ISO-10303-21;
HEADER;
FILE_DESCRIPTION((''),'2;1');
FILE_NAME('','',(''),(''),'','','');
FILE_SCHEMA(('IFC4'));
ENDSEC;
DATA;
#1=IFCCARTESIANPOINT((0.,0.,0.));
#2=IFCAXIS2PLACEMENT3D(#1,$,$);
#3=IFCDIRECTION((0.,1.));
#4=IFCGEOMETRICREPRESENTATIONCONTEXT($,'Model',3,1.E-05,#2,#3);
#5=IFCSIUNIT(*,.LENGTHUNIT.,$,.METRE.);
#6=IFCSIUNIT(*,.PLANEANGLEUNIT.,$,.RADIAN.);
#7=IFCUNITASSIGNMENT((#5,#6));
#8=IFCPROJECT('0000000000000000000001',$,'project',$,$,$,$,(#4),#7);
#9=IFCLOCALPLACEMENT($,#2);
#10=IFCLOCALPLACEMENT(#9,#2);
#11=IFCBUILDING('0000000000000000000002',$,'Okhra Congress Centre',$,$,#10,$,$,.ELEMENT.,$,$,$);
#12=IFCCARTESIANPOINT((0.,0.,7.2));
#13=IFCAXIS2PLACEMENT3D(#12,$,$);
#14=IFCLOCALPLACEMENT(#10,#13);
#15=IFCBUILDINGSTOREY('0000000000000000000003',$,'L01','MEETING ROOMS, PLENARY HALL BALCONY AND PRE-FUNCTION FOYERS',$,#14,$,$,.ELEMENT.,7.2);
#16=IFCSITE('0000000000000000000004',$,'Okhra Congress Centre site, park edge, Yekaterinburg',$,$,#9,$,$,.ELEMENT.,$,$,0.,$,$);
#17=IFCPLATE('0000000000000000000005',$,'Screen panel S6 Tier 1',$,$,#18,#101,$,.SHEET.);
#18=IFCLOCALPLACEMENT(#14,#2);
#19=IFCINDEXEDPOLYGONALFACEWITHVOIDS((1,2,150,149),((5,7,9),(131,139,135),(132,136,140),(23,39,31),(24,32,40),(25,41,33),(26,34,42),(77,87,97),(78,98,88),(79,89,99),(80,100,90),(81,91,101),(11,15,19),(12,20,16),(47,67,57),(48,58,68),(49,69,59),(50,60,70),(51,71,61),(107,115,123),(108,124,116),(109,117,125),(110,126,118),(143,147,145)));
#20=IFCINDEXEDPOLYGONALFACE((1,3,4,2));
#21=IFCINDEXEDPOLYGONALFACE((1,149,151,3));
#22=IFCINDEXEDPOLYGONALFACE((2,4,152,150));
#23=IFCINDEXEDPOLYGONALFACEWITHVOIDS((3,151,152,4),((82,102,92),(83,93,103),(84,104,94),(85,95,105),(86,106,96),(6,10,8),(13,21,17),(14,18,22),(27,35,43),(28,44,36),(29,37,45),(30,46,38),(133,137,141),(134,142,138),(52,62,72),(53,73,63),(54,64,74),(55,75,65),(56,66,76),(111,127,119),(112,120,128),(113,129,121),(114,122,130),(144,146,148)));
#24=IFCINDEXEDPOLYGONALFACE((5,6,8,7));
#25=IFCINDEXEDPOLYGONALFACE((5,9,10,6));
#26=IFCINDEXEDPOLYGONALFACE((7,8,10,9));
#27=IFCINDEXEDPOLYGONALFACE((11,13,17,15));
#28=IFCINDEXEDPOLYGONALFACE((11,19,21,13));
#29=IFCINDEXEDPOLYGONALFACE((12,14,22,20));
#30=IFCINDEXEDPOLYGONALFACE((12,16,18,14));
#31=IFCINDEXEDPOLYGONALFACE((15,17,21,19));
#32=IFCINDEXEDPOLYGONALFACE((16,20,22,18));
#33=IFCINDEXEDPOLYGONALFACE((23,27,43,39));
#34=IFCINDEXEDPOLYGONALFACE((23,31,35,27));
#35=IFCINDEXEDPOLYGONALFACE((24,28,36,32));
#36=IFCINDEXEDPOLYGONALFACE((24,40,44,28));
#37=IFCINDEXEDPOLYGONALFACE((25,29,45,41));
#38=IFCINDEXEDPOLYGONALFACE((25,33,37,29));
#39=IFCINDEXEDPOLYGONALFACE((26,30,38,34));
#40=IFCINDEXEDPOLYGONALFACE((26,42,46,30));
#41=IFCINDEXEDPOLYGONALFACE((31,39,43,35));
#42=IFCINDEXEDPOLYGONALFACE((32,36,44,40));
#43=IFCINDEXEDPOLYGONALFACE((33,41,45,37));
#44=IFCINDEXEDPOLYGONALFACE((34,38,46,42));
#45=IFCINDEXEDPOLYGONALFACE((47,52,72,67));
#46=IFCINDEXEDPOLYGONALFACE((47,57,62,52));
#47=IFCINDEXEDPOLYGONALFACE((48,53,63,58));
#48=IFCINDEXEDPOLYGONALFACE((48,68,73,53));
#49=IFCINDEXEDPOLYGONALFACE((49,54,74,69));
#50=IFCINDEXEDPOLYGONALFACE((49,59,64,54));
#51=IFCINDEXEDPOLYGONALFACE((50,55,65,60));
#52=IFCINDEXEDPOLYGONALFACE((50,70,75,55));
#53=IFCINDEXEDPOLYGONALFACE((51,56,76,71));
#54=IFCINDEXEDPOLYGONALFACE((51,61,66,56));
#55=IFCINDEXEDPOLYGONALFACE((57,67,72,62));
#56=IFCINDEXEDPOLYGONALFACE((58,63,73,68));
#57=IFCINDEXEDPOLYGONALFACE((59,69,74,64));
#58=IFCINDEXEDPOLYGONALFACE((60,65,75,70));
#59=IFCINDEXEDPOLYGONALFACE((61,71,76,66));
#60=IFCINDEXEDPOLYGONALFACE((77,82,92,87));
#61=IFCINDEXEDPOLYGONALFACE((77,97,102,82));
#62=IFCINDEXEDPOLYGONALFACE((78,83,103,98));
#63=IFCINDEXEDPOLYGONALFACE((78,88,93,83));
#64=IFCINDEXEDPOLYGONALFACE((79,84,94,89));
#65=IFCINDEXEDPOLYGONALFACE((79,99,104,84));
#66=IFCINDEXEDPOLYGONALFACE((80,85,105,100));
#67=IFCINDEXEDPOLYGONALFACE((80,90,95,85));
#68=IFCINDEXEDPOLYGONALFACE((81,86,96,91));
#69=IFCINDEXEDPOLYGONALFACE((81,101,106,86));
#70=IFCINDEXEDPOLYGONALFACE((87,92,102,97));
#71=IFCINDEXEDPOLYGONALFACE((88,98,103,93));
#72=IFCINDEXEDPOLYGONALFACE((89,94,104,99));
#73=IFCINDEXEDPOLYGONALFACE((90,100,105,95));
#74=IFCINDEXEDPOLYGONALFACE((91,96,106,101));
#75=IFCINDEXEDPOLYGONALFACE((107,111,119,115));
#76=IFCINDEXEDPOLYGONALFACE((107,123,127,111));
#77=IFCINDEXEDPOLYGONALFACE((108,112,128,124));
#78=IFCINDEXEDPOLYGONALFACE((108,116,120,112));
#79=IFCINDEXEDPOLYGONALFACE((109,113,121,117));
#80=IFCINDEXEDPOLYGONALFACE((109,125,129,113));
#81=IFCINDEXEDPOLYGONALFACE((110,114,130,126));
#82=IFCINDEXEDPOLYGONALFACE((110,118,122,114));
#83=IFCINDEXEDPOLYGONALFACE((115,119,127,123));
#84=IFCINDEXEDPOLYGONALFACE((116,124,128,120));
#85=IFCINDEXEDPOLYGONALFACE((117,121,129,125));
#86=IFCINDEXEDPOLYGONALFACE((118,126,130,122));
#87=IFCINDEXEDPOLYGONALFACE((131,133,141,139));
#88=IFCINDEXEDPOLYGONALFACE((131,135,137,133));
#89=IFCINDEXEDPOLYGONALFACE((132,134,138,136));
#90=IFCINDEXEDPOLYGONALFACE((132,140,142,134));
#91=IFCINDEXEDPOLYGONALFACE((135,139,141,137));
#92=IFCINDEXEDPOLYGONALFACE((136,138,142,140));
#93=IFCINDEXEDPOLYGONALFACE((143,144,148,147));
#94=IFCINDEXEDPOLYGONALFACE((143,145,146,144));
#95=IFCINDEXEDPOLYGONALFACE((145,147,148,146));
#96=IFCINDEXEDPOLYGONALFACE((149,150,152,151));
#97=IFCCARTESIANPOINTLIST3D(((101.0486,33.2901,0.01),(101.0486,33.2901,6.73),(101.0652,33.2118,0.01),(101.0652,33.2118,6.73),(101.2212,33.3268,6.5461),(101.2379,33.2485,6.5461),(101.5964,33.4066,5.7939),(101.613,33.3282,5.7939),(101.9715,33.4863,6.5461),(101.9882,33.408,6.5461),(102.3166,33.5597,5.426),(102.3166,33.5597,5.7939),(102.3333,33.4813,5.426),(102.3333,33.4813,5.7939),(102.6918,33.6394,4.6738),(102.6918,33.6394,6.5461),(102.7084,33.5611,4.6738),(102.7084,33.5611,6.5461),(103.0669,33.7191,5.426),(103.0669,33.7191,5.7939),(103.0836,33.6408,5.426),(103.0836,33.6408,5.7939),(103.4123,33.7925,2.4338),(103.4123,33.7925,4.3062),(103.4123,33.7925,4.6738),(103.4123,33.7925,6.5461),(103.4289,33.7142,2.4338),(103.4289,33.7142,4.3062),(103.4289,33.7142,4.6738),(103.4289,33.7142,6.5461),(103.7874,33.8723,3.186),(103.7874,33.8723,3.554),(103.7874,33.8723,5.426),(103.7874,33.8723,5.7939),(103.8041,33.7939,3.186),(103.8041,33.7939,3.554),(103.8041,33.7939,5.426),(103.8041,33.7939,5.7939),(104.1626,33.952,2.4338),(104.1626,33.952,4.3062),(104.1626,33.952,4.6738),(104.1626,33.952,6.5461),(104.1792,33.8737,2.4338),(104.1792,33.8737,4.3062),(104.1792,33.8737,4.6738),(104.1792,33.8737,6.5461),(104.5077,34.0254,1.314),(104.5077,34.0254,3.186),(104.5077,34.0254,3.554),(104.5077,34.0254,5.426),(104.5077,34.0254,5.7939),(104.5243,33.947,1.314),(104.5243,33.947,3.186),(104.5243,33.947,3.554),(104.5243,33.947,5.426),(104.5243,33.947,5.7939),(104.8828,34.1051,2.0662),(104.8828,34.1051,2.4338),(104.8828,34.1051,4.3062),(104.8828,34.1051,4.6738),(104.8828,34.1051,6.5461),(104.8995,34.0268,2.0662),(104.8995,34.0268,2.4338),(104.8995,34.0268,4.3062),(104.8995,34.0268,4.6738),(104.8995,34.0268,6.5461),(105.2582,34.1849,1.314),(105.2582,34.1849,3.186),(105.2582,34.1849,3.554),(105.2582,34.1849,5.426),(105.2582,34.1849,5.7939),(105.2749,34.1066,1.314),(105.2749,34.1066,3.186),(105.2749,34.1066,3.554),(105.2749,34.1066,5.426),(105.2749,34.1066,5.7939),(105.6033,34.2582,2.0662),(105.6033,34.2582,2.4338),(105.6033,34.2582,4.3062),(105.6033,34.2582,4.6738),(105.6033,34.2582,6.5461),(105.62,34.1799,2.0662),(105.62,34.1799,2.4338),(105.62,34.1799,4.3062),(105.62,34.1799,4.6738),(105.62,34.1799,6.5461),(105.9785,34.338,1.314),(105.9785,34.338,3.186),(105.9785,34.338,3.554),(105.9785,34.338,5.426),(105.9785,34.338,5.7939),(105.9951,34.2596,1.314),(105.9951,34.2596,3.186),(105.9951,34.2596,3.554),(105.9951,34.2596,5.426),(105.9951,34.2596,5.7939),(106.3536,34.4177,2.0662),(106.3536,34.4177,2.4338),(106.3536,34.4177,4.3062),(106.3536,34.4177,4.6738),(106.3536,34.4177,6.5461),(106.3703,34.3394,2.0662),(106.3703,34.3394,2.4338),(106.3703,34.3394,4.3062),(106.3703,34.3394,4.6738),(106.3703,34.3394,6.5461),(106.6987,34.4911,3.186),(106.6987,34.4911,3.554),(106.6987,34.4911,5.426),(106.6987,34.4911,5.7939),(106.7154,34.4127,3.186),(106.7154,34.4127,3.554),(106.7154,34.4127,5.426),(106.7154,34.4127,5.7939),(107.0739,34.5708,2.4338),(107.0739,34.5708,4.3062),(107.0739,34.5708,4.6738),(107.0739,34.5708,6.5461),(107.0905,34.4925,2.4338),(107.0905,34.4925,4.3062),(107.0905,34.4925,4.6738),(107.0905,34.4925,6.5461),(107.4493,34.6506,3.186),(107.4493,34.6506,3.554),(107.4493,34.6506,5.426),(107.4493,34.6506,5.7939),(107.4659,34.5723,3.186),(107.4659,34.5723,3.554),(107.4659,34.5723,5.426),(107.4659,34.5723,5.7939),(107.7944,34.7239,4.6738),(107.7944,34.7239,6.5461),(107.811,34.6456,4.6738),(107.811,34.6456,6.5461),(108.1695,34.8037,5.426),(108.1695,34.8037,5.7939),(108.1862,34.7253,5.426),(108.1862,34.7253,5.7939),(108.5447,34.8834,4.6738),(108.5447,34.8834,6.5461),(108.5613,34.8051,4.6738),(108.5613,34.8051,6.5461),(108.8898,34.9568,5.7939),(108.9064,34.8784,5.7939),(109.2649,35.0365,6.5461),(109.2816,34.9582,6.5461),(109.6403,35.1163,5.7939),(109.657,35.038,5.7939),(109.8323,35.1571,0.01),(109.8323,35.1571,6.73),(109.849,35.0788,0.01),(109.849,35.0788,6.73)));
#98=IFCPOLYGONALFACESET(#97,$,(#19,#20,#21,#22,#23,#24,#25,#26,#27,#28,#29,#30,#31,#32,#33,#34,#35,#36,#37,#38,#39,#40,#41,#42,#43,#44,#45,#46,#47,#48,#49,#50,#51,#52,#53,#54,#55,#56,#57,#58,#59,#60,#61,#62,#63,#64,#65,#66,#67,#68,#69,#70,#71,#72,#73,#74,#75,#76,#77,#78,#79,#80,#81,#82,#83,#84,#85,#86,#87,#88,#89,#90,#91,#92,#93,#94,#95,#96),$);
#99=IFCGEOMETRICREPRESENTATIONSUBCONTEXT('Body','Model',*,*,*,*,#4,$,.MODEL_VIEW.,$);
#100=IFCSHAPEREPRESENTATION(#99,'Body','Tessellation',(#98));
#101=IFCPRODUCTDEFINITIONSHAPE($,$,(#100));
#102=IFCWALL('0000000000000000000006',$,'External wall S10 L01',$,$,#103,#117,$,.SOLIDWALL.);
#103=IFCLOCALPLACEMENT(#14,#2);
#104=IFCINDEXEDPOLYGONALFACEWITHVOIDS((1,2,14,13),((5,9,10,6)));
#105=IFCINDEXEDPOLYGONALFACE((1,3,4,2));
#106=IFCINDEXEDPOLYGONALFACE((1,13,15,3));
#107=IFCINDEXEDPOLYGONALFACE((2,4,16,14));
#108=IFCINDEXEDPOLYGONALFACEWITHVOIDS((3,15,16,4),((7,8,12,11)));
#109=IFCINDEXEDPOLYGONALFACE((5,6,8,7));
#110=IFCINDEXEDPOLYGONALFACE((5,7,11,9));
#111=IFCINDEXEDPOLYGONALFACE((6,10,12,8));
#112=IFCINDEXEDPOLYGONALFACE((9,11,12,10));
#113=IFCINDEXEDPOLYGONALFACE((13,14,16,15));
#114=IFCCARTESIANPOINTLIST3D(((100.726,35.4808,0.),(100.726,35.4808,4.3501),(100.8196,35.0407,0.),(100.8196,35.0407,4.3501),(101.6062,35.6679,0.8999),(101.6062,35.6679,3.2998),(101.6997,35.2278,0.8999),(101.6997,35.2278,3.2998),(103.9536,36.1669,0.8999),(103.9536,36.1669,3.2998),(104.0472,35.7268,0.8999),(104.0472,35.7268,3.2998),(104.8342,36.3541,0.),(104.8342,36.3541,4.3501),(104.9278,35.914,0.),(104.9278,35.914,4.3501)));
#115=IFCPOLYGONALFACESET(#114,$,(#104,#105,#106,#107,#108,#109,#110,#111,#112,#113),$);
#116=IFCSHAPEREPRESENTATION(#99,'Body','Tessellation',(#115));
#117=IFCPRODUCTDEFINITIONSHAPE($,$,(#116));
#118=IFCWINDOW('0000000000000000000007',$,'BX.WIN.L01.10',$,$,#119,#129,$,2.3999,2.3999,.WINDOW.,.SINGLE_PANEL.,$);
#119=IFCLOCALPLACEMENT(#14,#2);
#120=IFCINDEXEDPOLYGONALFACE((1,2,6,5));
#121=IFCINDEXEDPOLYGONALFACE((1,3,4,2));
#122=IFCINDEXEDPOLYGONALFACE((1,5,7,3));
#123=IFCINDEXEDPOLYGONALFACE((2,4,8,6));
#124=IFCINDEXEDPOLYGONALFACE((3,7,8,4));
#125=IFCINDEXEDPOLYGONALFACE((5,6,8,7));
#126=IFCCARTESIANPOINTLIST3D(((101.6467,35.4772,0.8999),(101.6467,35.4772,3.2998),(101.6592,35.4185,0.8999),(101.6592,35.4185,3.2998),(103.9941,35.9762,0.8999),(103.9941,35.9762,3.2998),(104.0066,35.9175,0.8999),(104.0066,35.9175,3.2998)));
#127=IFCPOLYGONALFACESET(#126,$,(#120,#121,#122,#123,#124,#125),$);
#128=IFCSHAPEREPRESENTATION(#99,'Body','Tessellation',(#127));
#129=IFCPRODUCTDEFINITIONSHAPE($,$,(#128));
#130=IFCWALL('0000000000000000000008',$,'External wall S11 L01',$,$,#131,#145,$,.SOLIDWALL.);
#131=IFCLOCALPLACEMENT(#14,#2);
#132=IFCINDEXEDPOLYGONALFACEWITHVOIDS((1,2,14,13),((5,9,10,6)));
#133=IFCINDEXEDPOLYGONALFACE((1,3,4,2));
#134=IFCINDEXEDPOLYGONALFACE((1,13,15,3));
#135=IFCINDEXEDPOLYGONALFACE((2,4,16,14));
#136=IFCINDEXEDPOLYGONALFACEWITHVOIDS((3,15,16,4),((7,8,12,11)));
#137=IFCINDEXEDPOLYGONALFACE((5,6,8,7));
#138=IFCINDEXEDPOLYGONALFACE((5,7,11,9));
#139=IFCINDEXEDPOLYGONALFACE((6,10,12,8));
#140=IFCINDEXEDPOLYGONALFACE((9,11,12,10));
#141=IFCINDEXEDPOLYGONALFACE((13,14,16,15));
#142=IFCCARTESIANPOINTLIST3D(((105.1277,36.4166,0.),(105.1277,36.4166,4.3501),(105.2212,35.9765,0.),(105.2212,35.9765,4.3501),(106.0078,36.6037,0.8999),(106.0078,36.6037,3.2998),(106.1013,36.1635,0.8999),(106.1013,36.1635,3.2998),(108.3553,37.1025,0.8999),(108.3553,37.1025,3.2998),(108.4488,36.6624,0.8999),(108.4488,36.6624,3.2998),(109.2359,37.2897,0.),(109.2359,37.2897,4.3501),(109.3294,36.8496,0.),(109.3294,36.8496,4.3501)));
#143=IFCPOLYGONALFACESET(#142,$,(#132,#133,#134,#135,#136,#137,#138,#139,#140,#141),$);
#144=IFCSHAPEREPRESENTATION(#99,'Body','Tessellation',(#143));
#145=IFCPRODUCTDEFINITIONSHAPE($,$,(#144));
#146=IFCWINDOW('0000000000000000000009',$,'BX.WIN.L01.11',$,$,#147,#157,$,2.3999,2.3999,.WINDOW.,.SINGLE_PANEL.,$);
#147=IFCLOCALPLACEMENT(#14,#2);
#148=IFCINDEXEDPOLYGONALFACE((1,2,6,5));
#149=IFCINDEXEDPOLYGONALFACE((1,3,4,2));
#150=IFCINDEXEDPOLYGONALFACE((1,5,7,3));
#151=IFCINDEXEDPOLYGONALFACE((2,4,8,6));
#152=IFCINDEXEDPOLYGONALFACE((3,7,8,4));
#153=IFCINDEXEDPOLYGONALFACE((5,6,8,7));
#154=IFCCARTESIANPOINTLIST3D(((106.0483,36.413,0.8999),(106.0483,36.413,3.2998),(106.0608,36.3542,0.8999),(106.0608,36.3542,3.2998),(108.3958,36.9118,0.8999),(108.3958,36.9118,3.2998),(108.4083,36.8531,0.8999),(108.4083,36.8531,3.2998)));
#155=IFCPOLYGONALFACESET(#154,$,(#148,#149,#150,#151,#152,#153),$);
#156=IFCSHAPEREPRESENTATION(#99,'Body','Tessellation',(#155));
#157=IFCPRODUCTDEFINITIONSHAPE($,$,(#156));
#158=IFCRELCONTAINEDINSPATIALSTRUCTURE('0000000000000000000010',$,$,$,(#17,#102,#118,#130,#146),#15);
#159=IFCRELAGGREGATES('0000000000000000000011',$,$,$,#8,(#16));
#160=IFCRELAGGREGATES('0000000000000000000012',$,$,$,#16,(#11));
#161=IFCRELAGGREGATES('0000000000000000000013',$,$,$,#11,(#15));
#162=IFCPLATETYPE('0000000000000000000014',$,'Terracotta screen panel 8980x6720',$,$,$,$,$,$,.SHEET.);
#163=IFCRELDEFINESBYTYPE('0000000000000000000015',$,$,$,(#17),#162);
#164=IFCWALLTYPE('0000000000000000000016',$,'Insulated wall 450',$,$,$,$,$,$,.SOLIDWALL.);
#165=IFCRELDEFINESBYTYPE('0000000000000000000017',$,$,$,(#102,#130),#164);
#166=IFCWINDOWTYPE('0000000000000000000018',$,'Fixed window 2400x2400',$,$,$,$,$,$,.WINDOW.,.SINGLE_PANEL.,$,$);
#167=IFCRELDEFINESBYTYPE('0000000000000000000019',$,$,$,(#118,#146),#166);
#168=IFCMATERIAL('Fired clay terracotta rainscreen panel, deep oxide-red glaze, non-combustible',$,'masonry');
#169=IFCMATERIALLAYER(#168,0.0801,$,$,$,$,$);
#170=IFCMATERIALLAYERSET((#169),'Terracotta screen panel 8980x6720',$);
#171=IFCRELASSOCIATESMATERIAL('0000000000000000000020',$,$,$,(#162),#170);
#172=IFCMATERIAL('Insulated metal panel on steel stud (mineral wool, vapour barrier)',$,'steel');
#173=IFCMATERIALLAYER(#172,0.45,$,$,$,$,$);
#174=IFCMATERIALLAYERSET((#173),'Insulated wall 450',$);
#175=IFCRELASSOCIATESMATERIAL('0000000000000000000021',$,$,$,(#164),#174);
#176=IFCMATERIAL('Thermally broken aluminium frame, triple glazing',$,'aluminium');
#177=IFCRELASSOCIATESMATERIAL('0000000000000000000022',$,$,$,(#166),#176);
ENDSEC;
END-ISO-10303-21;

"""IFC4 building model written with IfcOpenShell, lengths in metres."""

from ifc_helpers import new_model, si_unit, direction, frame, frame_2d, origin, place, context, subcontext, project, spatial, polyline, rectangle, outline, extrude, material, layer, layer_set, type_object, element, fill, save


model = new_model("IFC4")

# Units and contexts
model_context = context("Model", 3, precision=1e-05, world=origin(), true_north=direction((0.0, 1.0)))
body_context = subcontext(model_context, "Body", "Model", "MODEL_VIEW")
ifc_project = project(units=[si_unit("LENGTHUNIT", "METRE"), si_unit("PLANEANGLEUNIT", "RADIAN")], contexts=[model_context])

# Site, building, storey
site_placement = place(None, origin())
site = spatial("IfcSite", under=ifc_project, at=site_placement, Name="Okhra Congress Centre site, park edge, Yekaterinburg", CompositionType="ELEMENT", RefElevation=0.0)
building_placement = place(site_placement, origin())
building = spatial("IfcBuilding", under=site, at=building_placement, Name="Okhra Congress Centre", CompositionType="ELEMENT")
storey_placement = place(building_placement, frame((0.0, 0.0, 7.2)))
storey = spatial("IfcBuildingStorey", under=building, at=storey_placement, Name="L01", Description="MEETING ROOMS, PLENARY HALL BALCONY AND PRE-FUNCTION FOYERS", CompositionType="ELEMENT", Elevation=7.2)

# Plate
ifc_material_1 = material(Name="Fired clay terracotta rainscreen panel, deep oxide-red glaze, non-combustible", Category="masonry")
ifc_layer_1 = layer(ifc_material_1, 0.0801)
ifc_layer_set_1 = layer_set([ifc_layer_1], Name="Terracotta screen panel 8980x6720")
plate_type = type_object("IfcPlateType", Name="Terracotta screen panel 8980x6720", PredefinedType="SHEET", material=ifc_layer_set_1)
plate_placement = place(storey_placement, frame((101.0569, 33.251, 0.01), z_axis=(0.0, 0.0, 1.0), x_axis=(0.97815, 0.207902, 0.0)))
element("IfcPlate", 1, at=plate_placement, inside=storey, type_object=plate_type, Name="Screen panel S6 Tier 1", PredefinedType="SHEET", context=body_context, shape_type="SweptSolid", body=[
    extrude(outline(polyline([(0.0, 0.0), (8.98, 0.0), (8.98, 6.72), (0.0, 6.72), (0.0, 0.0)]), holes=[polyline([(3.5364, 1.304), (4.3037, 1.304), (3.9199, 2.0562), (3.5364, 1.304)]), polyline([(4.6565, 2.0562), (5.04, 1.304), (5.4236, 2.0562), (4.6565, 2.0562)]), polyline([(2.4165, 2.4238), (3.1836, 2.4238), (2.8, 3.176), (2.4165, 2.4238)]), polyline([(3.5364, 3.176), (3.9199, 2.4238), (4.3037, 3.176), (3.5364, 3.176)]), polyline([(4.6565, 2.4238), (5.4236, 2.4238), (5.04, 3.176), (4.6565, 2.4238)]), polyline([(5.7764, 3.176), (6.1599, 2.4238), (6.5437, 3.176), (5.7764, 3.176)]), polyline([(2.4165, 4.2961), (2.8, 3.5439), (3.1836, 4.2961), (2.4165, 4.2961)]), polyline([(3.5364, 3.5439), (4.3037, 3.5439), (3.9199, 4.2961), (3.5364, 3.5439)]), polyline([(4.6565, 4.2961), (5.04, 3.5439), (5.4236, 4.2961), (4.6565, 4.2961)]), polyline([(5.7764, 3.5439), (6.5437, 3.5439), (6.1599, 4.2961), (5.7764, 3.5439)]), polyline([(1.2964, 5.416), (1.6799, 4.6638), (2.0635, 5.416), (1.2964, 5.416)]), polyline([(2.4165, 4.6638), (3.1836, 4.6638), (2.8, 5.416), (2.4165, 4.6638)]), polyline([(3.5364, 5.416), (3.9199, 4.6638), (4.3037, 5.416), (3.5364, 5.416)]), polyline([(4.6565, 4.6638), (5.4236, 4.6638), (5.04, 5.416), (4.6565, 4.6638)]), polyline([(5.7764, 5.416), (6.1599, 4.6638), (6.5437, 5.416), (5.7764, 5.416)]), polyline([(6.8965, 4.6638), (7.6636, 4.6638), (7.28, 5.416), (6.8965, 4.6638)]), polyline([(0.1765, 6.5361), (0.5601, 5.7839), (0.9436, 6.5361), (0.1765, 6.5361)]), polyline([(1.2964, 5.7839), (2.0635, 5.7839), (1.6799, 6.5361), (1.2964, 5.7839)]), polyline([(2.4165, 6.5361), (2.8, 5.7839), (3.1836, 6.5361), (2.4165, 6.5361)]), polyline([(3.5364, 5.7839), (4.3037, 5.7839), (3.9199, 6.5361), (3.5364, 5.7839)]), polyline([(4.6565, 6.5361), (5.04, 5.7839), (5.4236, 6.5361), (4.6565, 6.5361)]), polyline([(5.7764, 5.7839), (6.5437, 5.7839), (6.1599, 6.5361), (5.7764, 5.7839)]), polyline([(6.8965, 6.5361), (7.28, 5.7839), (7.6636, 6.5361), (6.8965, 6.5361)]), polyline([(8.0164, 5.7839), (8.7837, 5.7839), (8.3999, 6.5361), (8.0164, 5.7839)])]), frame((0.0, 0.04, 0.0), z_axis=(0.0, -1.0, 0.0), x_axis=(1.0, 0.0, 0.0)), (0.0, 0.0, 1.0), 0.0801),
])

# Walls, openings, windows
ifc_material_2 = material(Name="Insulated metal panel on steel stud (mineral wool, vapour barrier)", Category="steel")
ifc_layer_2 = layer(ifc_material_2, 0.45)
ifc_layer_set_2 = layer_set([ifc_layer_2], Name="Insulated wall 450")
wall_type_1 = type_object("IfcWallType", Name="Insulated wall 450", PredefinedType="SOLIDWALL", material=ifc_layer_set_2)
wall_1_placement = place(storey_placement, frame((100.7727, 35.2607, 0.0), z_axis=(0.0, 0.0, 1.0), x_axis=(0.978144, 0.207929, 0.0)))
wall_1 = element("IfcWall", 2, at=wall_1_placement, inside=storey, type_object=wall_type_1, Name="External wall S10 L01", PredefinedType="SOLIDWALL", context=body_context, shape_type="SweptSolid", body=[
    extrude(rectangle(XDim=4.2, YDim=0.45, at=frame_2d((2.1001, 0.0))), origin(), (0.0, 0.0, 1.0), 4.3501),
])
opening_1_placement = place(wall_1_placement, frame((0.8999, 0.0, 0.8999)))
opening_1 = element("IfcOpeningElement", 3, at=opening_1_placement, cuts=wall_1, PredefinedType="OPENING", context=body_context, shape_type="SweptSolid", body=[
    extrude(rectangle(XDim=2.3999, YDim=2.3999, at=frame_2d((1.2, 1.2))), frame((0.0, 0.2349, 0.0), z_axis=(0.0, -1.0, 0.0), x_axis=(1.0, 0.0, 0.0)), (0.0, 0.0, 1.0), 0.47),
])
ifc_material_3 = material(Name="Thermally broken aluminium frame, triple glazing", Category="aluminium")
window_type = type_object("IfcWindowType", Name="Fixed window 2400x2400", PartitioningType="SINGLE_PANEL", PredefinedType="WINDOW", material=ifc_material_3)
window_1_placement = place(opening_1_placement, origin())
window_1 = element("IfcWindow", 4, at=window_1_placement, inside=storey, type_object=window_type, Name="BX.WIN.L01.10", OverallHeight=2.3999, OverallWidth=2.3999, PartitioningType="SINGLE_PANEL", PredefinedType="WINDOW", context=body_context, shape_type="SweptSolid", body=[
    extrude(rectangle(XDim=2.3999, YDim=2.3999, at=frame_2d((1.2, 1.2))), frame((0.0, 0.03, 0.0), z_axis=(0.0, -1.0, 0.0), x_axis=(1.0, 0.0, 0.0)), (0.0, 0.0, 1.0), 0.0601),
])
fill(opening_1, window_1)
wall_2_placement = place(storey_placement, frame((105.1743, 36.1965, 0.0), z_axis=(0.0, 0.0, 1.0), x_axis=(0.978156, 0.207873, 0.0)))
wall_2 = element("IfcWall", 5, at=wall_2_placement, inside=storey, type_object=wall_type_1, Name="External wall S11 L01", PredefinedType="SOLIDWALL", context=body_context, shape_type="SweptSolid", body=[
    extrude(rectangle(XDim=4.2, YDim=0.45, at=frame_2d((2.1001, 0.0))), origin(), (0.0, 0.0, 1.0), 4.3501),
])
opening_2_placement = place(wall_2_placement, frame((0.8999, 0.0, 0.8999)))
opening_2 = element("IfcOpeningElement", 6, at=opening_2_placement, cuts=wall_2, PredefinedType="OPENING", context=body_context, shape_type="SweptSolid", body=[
    extrude(rectangle(XDim=2.3999, YDim=2.3999, at=frame_2d((1.2, 1.2))), frame((0.0, 0.2349, 0.0), z_axis=(0.0, -1.0, 0.0), x_axis=(1.0, 0.0, 0.0)), (0.0, 0.0, 1.0), 0.47),
])
window_2_placement = place(opening_2_placement, origin())
window_2 = element("IfcWindow", 7, at=window_2_placement, inside=storey, type_object=window_type, Name="BX.WIN.L01.11", OverallHeight=2.3999, OverallWidth=2.3999, PartitioningType="SINGLE_PANEL", PredefinedType="WINDOW", context=body_context, shape_type="SweptSolid", body=[
    extrude(rectangle(XDim=2.3999, YDim=2.3999, at=frame_2d((1.2, 1.2))), frame((0.0, 0.03, 0.0), z_axis=(0.0, -1.0, 0.0), x_axis=(1.0, 0.0, 0.0)), (0.0, 0.0, 1.0), 0.0601),
])
fill(opening_2, window_2)

save(model, "model.ifc")
